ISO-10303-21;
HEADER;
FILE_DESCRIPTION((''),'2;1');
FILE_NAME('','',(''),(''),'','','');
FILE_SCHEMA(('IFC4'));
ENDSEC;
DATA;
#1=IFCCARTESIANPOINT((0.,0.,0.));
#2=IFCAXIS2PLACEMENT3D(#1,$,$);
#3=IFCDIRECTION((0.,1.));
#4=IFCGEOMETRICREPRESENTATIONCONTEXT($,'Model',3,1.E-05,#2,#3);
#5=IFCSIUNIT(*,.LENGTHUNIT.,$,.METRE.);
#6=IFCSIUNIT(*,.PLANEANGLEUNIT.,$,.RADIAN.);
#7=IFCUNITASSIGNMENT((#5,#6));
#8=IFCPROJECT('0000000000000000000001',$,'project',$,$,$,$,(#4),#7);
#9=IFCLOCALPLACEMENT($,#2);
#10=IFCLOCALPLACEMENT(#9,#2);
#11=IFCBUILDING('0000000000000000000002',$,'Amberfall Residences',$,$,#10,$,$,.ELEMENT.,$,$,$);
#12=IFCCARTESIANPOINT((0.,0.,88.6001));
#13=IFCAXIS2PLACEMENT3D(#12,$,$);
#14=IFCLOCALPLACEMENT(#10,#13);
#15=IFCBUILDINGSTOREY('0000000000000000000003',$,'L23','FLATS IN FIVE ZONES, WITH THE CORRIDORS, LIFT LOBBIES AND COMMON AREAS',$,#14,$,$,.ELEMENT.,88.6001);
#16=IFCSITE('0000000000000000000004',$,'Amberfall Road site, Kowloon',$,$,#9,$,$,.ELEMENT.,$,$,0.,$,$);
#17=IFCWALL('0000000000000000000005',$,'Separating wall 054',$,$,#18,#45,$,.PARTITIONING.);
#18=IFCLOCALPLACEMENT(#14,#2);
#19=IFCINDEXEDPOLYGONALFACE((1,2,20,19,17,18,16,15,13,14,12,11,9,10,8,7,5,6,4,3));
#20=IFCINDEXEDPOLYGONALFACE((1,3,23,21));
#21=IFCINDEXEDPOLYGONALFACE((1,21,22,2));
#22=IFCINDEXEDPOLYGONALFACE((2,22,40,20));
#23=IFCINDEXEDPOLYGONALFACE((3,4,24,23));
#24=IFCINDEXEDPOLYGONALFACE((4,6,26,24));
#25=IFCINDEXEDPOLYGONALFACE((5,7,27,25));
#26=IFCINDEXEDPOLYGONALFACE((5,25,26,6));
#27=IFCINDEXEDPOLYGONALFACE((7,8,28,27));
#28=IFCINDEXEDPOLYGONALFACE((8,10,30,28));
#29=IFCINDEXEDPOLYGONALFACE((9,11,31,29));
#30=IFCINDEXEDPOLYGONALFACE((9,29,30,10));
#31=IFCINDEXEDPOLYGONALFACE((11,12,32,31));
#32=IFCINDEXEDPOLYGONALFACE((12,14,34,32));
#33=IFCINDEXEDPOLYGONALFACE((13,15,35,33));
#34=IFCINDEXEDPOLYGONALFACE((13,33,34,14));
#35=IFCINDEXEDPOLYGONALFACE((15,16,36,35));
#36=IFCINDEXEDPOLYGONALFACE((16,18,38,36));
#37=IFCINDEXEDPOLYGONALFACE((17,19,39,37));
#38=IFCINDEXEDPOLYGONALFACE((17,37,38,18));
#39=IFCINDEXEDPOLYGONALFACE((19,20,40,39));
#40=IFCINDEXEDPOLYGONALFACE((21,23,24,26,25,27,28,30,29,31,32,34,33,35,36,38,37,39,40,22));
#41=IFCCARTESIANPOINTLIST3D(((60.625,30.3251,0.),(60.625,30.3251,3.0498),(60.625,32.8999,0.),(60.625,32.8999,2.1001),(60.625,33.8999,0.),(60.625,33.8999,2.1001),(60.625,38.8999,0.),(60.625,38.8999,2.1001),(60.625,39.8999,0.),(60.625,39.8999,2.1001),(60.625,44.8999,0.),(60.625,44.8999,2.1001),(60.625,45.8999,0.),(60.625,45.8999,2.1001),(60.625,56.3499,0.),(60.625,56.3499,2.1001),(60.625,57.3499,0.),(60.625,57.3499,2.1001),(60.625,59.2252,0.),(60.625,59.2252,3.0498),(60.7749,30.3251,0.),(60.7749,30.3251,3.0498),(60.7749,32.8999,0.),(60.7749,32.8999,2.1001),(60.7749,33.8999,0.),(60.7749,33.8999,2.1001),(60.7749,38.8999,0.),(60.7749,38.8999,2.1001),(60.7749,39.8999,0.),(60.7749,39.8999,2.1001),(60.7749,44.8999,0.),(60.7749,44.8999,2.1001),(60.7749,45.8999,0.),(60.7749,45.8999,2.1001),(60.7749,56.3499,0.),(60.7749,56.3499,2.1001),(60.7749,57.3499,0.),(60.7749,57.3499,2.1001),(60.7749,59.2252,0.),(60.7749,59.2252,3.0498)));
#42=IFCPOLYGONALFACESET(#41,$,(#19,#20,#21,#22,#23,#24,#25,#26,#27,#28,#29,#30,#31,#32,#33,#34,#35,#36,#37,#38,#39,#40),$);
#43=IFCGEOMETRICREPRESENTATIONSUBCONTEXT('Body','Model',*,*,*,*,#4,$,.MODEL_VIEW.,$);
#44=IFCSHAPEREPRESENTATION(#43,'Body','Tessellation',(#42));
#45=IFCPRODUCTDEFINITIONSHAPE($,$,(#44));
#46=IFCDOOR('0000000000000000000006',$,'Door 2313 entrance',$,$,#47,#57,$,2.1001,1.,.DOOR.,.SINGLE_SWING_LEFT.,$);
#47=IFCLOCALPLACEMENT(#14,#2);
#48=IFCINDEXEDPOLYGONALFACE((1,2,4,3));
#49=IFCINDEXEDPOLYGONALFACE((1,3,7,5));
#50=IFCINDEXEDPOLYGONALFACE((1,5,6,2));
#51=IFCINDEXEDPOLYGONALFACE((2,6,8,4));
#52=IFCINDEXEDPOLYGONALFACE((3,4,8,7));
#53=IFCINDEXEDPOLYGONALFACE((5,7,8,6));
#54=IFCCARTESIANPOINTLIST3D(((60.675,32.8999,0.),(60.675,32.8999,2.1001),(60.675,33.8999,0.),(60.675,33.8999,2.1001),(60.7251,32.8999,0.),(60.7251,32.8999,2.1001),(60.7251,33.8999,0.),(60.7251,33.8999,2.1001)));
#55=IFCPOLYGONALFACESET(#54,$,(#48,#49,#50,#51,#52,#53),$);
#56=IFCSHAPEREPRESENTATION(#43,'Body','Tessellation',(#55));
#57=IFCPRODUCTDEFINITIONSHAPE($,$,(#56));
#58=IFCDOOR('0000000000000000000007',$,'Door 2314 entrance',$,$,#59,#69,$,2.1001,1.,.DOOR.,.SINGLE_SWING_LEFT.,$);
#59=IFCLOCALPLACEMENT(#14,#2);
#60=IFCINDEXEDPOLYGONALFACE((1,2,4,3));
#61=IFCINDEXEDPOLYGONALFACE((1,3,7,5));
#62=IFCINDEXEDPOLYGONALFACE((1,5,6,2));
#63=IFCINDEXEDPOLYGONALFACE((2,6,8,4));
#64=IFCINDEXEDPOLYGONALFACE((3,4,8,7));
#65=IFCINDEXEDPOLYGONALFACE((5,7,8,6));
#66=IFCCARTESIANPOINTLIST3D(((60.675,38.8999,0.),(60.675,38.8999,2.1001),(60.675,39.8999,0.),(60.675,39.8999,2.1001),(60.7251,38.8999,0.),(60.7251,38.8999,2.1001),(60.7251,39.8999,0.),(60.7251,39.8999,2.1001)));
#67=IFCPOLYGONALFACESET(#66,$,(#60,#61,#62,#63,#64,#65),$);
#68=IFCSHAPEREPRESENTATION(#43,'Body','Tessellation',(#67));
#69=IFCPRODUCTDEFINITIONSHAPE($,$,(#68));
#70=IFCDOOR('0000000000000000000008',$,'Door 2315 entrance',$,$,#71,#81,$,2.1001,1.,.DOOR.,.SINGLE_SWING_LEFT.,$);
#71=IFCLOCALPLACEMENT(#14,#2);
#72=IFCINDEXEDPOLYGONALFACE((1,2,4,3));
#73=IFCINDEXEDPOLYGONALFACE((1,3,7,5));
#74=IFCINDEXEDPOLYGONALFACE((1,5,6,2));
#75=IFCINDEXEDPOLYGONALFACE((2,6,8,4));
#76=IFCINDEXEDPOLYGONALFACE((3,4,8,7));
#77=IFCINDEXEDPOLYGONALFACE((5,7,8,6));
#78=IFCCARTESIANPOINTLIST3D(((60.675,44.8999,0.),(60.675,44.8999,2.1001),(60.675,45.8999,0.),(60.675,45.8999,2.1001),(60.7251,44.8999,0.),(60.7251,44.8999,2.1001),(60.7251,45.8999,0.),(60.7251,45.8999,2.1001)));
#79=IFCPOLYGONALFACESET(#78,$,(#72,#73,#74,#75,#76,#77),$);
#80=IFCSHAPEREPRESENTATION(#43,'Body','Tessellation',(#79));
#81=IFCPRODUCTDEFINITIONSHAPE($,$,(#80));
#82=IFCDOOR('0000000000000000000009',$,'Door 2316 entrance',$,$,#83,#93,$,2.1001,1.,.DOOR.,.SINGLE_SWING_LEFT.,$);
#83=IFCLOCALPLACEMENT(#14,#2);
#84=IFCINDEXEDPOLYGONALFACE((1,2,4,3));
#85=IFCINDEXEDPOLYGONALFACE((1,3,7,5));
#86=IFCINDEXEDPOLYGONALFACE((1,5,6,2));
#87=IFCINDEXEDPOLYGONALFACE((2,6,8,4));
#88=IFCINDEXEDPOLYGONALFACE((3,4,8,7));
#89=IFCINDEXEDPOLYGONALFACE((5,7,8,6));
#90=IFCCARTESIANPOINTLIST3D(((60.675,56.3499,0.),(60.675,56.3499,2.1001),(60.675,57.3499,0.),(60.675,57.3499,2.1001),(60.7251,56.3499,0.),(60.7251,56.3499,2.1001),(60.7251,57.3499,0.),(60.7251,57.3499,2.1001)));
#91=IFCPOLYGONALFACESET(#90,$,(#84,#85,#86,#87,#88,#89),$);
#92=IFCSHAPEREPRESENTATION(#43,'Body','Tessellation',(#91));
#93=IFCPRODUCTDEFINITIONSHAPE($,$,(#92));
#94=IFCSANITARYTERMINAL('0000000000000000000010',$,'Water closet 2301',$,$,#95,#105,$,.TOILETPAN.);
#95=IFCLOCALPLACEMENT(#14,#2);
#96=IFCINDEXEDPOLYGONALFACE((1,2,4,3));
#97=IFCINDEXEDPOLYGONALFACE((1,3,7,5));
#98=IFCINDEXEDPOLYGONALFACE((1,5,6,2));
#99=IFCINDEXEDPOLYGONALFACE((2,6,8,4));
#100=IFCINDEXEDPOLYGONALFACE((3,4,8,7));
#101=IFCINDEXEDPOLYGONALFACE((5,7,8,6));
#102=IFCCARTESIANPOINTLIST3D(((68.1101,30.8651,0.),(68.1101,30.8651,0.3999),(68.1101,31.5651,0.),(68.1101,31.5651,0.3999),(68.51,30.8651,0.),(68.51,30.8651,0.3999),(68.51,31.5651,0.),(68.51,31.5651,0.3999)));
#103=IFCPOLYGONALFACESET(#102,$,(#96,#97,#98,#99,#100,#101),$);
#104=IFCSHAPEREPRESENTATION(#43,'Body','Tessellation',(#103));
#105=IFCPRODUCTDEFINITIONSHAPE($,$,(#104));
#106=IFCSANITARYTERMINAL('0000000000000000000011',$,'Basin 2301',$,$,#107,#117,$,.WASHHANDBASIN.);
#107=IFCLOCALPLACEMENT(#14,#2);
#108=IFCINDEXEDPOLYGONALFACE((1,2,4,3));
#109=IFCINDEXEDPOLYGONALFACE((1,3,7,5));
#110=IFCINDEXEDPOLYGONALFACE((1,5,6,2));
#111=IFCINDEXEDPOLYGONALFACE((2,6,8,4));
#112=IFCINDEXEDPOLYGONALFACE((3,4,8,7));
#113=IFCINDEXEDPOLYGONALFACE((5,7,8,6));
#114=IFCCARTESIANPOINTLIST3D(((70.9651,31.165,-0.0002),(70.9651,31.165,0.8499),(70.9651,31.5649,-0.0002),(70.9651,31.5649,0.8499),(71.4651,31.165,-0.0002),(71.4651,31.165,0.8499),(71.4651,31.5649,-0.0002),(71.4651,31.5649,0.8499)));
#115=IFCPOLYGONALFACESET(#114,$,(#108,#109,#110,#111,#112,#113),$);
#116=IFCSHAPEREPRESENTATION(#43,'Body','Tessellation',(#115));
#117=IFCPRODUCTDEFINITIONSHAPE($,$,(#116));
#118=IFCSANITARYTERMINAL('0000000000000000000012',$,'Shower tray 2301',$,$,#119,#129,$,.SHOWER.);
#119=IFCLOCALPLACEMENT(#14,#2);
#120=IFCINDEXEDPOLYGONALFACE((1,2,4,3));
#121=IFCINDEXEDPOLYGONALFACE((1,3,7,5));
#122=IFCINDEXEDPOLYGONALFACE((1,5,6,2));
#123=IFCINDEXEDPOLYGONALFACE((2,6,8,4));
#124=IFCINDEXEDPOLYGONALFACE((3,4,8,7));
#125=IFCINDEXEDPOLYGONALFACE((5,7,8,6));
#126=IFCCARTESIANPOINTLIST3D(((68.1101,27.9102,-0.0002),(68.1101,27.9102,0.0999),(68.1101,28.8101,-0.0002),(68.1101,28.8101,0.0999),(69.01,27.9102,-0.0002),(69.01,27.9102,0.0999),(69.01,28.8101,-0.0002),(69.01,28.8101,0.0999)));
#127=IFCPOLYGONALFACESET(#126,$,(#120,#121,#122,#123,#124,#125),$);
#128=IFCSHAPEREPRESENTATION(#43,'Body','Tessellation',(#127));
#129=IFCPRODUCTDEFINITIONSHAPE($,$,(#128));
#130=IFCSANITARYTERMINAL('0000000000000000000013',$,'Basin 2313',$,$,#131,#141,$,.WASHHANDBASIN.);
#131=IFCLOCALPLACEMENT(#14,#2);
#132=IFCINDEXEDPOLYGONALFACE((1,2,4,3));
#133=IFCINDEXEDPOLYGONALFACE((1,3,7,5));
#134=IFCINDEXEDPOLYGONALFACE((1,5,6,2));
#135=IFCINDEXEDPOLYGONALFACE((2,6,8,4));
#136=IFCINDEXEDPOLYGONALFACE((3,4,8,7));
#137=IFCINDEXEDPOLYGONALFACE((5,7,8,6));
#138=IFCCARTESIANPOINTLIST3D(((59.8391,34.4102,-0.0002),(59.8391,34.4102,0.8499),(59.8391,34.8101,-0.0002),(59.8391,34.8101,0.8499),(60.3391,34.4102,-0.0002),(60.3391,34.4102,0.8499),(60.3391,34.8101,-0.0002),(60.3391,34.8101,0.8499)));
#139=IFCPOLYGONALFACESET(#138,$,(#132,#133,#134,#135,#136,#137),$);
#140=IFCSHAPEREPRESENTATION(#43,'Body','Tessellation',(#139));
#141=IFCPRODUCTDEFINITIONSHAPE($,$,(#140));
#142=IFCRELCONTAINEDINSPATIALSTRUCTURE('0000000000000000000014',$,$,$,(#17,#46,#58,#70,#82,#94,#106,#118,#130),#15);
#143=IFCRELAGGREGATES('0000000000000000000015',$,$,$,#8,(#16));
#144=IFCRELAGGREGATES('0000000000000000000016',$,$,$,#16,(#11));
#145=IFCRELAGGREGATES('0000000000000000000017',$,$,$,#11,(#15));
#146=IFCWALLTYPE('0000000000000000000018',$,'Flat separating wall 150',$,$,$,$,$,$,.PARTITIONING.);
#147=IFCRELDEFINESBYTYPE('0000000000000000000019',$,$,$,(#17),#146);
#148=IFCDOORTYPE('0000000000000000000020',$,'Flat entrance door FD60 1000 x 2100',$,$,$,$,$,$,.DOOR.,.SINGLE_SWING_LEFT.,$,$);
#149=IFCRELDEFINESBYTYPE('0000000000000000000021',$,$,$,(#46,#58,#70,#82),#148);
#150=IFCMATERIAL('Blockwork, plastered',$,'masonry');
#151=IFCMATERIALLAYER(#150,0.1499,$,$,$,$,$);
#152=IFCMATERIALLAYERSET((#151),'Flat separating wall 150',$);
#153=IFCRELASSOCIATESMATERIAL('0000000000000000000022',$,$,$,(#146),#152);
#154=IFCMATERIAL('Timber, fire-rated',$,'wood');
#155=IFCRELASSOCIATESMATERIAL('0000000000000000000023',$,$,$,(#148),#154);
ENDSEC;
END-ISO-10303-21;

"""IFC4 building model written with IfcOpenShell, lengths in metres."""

from ifc_helpers import new_model, si_unit, direction, frame, frame_2d, origin, origin_2d, place, context, subcontext, project, spatial, rectangle, extrude, material, layer, layer_set, type_object, element, fill, save


model = new_model("IFC4")

# Units and contexts
model_context = context("Model", 3, precision=1e-05, world=origin(), true_north=direction((0.0, 1.0)))
body_context = subcontext(model_context, "Body", "Model", "MODEL_VIEW")
ifc_project = project(units=[si_unit("LENGTHUNIT", "METRE"), si_unit("PLANEANGLEUNIT", "RADIAN")], contexts=[model_context])

# Site, building, storey
site_placement = place(None, origin())
site = spatial("IfcSite", under=ifc_project, at=site_placement, Name="Amberfall Road site, Kowloon", CompositionType="ELEMENT", RefElevation=0.0)
building_placement = place(site_placement, origin())
building = spatial("IfcBuilding", under=site, at=building_placement, Name="Amberfall Residences", CompositionType="ELEMENT")
storey_placement = place(building_placement, frame((0.0, 0.0, 88.6001)))
storey = spatial("IfcBuildingStorey", under=building, at=storey_placement, Name="L23", Description="FLATS IN FIVE ZONES, WITH THE CORRIDORS, LIFT LOBBIES AND COMMON AREAS", CompositionType="ELEMENT", Elevation=88.6001)

# Wall, openings, doors
ifc_material_1 = material(Name="Blockwork, plastered", Category="masonry")
ifc_layer_1 = layer(ifc_material_1, 0.1499)
ifc_layer_set_1 = layer_set([ifc_layer_1], Name="Flat separating wall 150")
wall_type_1 = type_object("IfcWallType", Name="Flat separating wall 150", PredefinedType="PARTITIONING", material=ifc_layer_set_1)
wall_1_placement = place(storey_placement, frame((60.7, 30.325, 0.0), z_axis=(0.0, 0.0, 1.0), x_axis=(0.0, 1.0, 0.0)))
wall_1 = element("IfcWall", 1, at=wall_1_placement, inside=storey, type_object=wall_type_1, Name="Separating wall 054", PredefinedType="PARTITIONING", context=body_context, shape_type="SweptSolid", body=[
    extrude(rectangle(XDim=28.9001, YDim=0.1499, at=frame_2d((14.4502, 0.0))), origin(), (0.0, 0.0, 1.0), 3.0498),
])
opening_1_placement = place(wall_1_placement, frame((2.575, 0.0, 0.0)))
opening_1 = element("IfcOpeningElement", 2, at=opening_1_placement, cuts=wall_1, PredefinedType="OPENING", context=body_context, shape_type="SweptSolid", body=[
    extrude(rectangle(XDim=1.0, YDim=2.1001, at=frame_2d((0.5, 1.05))), frame((0.0, 0.085, 0.0), z_axis=(0.0, -1.0, 0.0), x_axis=(1.0, 0.0, 0.0)), (0.0, 0.0, 1.0), 0.1699),
])
opening_2_placement = place(wall_1_placement, frame((8.575, 0.0, 0.0)))
opening_2 = element("IfcOpeningElement", 3, at=opening_2_placement, cuts=wall_1, PredefinedType="OPENING", context=body_context, shape_type="SweptSolid", body=[
    extrude(rectangle(XDim=1.0, YDim=2.1001, at=frame_2d((0.5, 1.05))), frame((0.0, 0.085, 0.0), z_axis=(0.0, -1.0, 0.0), x_axis=(1.0, 0.0, 0.0)), (0.0, 0.0, 1.0), 0.1699),
])
opening_3_placement = place(wall_1_placement, frame((14.575, 0.0, 0.0)))
opening_3 = element("IfcOpeningElement", 4, at=opening_3_placement, cuts=wall_1, PredefinedType="OPENING", context=body_context, shape_type="SweptSolid", body=[
    extrude(rectangle(XDim=1.0, YDim=2.1001, at=frame_2d((0.5, 1.05))), frame((0.0, 0.085, 0.0), z_axis=(0.0, -1.0, 0.0), x_axis=(1.0, 0.0, 0.0)), (0.0, 0.0, 1.0), 0.1699),
])
opening_4_placement = place(wall_1_placement, frame((26.0249, 0.0, 0.0)))
opening_4 = element("IfcOpeningElement", 5, at=opening_4_placement, cuts=wall_1, PredefinedType="OPENING", context=body_context, shape_type="SweptSolid", body=[
    extrude(rectangle(XDim=1.0, YDim=2.1001, at=frame_2d((0.5, 1.05))), frame((0.0, 0.085, 0.0), z_axis=(0.0, -1.0, 0.0), x_axis=(1.0, 0.0, 0.0)), (0.0, 0.0, 1.0), 0.1699),
])
ifc_material_2 = material(Name="Timber, fire-rated", Category="wood")
door_type_1 = type_object("IfcDoorType", Name="Flat entrance door FD60 1000 x 2100", OperationType="SINGLE_SWING_LEFT", PredefinedType="DOOR", material=ifc_material_2)
door_1_placement = place(opening_1_placement, origin())
door_1 = element("IfcDoor", 6, at=door_1_placement, inside=storey, type_object=door_type_1, Name="Door 2313 entrance", OperationType="SINGLE_SWING_LEFT", OverallHeight=2.1001, OverallWidth=1.0, PredefinedType="DOOR", context=body_context, shape_type="SweptSolid", body=[
    extrude(rectangle(XDim=1.0, YDim=2.1001, at=frame_2d((0.5, 1.05))), frame((0.0, 0.0249, 0.0), z_axis=(0.0, -1.0, 0.0), x_axis=(1.0, 0.0, 0.0)), (0.0, 0.0, 1.0), 0.05),
])
fill(opening_1, door_1)
door_2_placement = place(opening_2_placement, origin())
door_2 = element("IfcDoor", 7, at=door_2_placement, inside=storey, type_object=door_type_1, Name="Door 2314 entrance", OperationType="SINGLE_SWING_LEFT", OverallHeight=2.1001, OverallWidth=1.0, PredefinedType="DOOR", context=body_context, shape_type="SweptSolid", body=[
    extrude(rectangle(XDim=1.0, YDim=2.1001, at=frame_2d((0.5, 1.05))), frame((0.0, 0.0249, 0.0), z_axis=(0.0, -1.0, 0.0), x_axis=(1.0, 0.0, 0.0)), (0.0, 0.0, 1.0), 0.05),
])
fill(opening_2, door_2)
door_3_placement = place(opening_3_placement, origin())
door_3 = element("IfcDoor", 8, at=door_3_placement, inside=storey, type_object=door_type_1, Name="Door 2315 entrance", OperationType="SINGLE_SWING_LEFT", OverallHeight=2.1001, OverallWidth=1.0, PredefinedType="DOOR", context=body_context, shape_type="SweptSolid", body=[
    extrude(rectangle(XDim=1.0, YDim=2.1001, at=frame_2d((0.5, 1.05))), frame((0.0, 0.0249, 0.0), z_axis=(0.0, -1.0, 0.0), x_axis=(1.0, 0.0, 0.0)), (0.0, 0.0, 1.0), 0.05),
])
fill(opening_3, door_3)
door_4_placement = place(opening_4_placement, origin())
door_4 = element("IfcDoor", 9, at=door_4_placement, inside=storey, type_object=door_type_1, Name="Door 2316 entrance", OperationType="SINGLE_SWING_LEFT", OverallHeight=2.1001, OverallWidth=1.0, PredefinedType="DOOR", context=body_context, shape_type="SweptSolid", body=[
    extrude(rectangle(XDim=1.0, YDim=2.1001, at=frame_2d((0.5, 1.05))), frame((0.0, 0.0249, 0.0), z_axis=(0.0, -1.0, 0.0), x_axis=(1.0, 0.0, 0.0)), (0.0, 0.0, 1.0), 0.05),
])
fill(opening_4, door_4)

# Sanitary terminals
sanitary_terminal_1_placement = place(storey_placement, frame((68.3101, 31.2151, 0.0), z_axis=(0.0, 0.0, 1.0), x_axis=(1.0, 0.0, 0.0)))
element("IfcSanitaryTerminal", 10, at=sanitary_terminal_1_placement, inside=storey, Name="Water closet 2301", PredefinedType="TOILETPAN", context=body_context, shape_type="SweptSolid", body=[
    extrude(rectangle(XDim=0.3999, YDim=0.7, at=origin_2d()), origin(), (0.0, 0.0, 1.0), 0.3999),
])
sanitary_terminal_2_placement = place(storey_placement, frame((71.2151, 31.365, -0.0002), z_axis=(0.0, 0.0, 1.0), x_axis=(1.0, 0.0, 0.0)))
element("IfcSanitaryTerminal", 11, at=sanitary_terminal_2_placement, inside=storey, Name="Basin 2301", PredefinedType="WASHHANDBASIN", context=body_context, shape_type="SweptSolid", body=[
    extrude(rectangle(XDim=0.5, YDim=0.3999, at=origin_2d()), origin(), (0.0, 0.0, 1.0), 0.8501),
])
sanitary_terminal_3_placement = place(storey_placement, frame((68.5601, 28.3601, -0.0002), z_axis=(0.0, 0.0, 1.0), x_axis=(1.0, 0.0, 0.0)))
element("IfcSanitaryTerminal", 12, at=sanitary_terminal_3_placement, inside=storey, Name="Shower tray 2301", PredefinedType="SHOWER", context=body_context, shape_type="SweptSolid", body=[
    extrude(rectangle(XDim=0.8999, YDim=0.8999, at=origin_2d()), origin(), (0.0, 0.0, 1.0), 0.1001),
])
sanitary_terminal_4_placement = place(storey_placement, frame((60.0891, 34.6101, -0.0002), z_axis=(0.0, 0.0, 1.0), x_axis=(1.0, 0.0, 0.0)))
element("IfcSanitaryTerminal", 13, at=sanitary_terminal_4_placement, inside=storey, Name="Basin 2313", PredefinedType="WASHHANDBASIN", context=body_context, shape_type="SweptSolid", body=[
    extrude(rectangle(XDim=0.5, YDim=0.3999, at=origin_2d()), origin(), (0.0, 0.0, 1.0), 0.8501),
])

save(model, "model.ifc")
